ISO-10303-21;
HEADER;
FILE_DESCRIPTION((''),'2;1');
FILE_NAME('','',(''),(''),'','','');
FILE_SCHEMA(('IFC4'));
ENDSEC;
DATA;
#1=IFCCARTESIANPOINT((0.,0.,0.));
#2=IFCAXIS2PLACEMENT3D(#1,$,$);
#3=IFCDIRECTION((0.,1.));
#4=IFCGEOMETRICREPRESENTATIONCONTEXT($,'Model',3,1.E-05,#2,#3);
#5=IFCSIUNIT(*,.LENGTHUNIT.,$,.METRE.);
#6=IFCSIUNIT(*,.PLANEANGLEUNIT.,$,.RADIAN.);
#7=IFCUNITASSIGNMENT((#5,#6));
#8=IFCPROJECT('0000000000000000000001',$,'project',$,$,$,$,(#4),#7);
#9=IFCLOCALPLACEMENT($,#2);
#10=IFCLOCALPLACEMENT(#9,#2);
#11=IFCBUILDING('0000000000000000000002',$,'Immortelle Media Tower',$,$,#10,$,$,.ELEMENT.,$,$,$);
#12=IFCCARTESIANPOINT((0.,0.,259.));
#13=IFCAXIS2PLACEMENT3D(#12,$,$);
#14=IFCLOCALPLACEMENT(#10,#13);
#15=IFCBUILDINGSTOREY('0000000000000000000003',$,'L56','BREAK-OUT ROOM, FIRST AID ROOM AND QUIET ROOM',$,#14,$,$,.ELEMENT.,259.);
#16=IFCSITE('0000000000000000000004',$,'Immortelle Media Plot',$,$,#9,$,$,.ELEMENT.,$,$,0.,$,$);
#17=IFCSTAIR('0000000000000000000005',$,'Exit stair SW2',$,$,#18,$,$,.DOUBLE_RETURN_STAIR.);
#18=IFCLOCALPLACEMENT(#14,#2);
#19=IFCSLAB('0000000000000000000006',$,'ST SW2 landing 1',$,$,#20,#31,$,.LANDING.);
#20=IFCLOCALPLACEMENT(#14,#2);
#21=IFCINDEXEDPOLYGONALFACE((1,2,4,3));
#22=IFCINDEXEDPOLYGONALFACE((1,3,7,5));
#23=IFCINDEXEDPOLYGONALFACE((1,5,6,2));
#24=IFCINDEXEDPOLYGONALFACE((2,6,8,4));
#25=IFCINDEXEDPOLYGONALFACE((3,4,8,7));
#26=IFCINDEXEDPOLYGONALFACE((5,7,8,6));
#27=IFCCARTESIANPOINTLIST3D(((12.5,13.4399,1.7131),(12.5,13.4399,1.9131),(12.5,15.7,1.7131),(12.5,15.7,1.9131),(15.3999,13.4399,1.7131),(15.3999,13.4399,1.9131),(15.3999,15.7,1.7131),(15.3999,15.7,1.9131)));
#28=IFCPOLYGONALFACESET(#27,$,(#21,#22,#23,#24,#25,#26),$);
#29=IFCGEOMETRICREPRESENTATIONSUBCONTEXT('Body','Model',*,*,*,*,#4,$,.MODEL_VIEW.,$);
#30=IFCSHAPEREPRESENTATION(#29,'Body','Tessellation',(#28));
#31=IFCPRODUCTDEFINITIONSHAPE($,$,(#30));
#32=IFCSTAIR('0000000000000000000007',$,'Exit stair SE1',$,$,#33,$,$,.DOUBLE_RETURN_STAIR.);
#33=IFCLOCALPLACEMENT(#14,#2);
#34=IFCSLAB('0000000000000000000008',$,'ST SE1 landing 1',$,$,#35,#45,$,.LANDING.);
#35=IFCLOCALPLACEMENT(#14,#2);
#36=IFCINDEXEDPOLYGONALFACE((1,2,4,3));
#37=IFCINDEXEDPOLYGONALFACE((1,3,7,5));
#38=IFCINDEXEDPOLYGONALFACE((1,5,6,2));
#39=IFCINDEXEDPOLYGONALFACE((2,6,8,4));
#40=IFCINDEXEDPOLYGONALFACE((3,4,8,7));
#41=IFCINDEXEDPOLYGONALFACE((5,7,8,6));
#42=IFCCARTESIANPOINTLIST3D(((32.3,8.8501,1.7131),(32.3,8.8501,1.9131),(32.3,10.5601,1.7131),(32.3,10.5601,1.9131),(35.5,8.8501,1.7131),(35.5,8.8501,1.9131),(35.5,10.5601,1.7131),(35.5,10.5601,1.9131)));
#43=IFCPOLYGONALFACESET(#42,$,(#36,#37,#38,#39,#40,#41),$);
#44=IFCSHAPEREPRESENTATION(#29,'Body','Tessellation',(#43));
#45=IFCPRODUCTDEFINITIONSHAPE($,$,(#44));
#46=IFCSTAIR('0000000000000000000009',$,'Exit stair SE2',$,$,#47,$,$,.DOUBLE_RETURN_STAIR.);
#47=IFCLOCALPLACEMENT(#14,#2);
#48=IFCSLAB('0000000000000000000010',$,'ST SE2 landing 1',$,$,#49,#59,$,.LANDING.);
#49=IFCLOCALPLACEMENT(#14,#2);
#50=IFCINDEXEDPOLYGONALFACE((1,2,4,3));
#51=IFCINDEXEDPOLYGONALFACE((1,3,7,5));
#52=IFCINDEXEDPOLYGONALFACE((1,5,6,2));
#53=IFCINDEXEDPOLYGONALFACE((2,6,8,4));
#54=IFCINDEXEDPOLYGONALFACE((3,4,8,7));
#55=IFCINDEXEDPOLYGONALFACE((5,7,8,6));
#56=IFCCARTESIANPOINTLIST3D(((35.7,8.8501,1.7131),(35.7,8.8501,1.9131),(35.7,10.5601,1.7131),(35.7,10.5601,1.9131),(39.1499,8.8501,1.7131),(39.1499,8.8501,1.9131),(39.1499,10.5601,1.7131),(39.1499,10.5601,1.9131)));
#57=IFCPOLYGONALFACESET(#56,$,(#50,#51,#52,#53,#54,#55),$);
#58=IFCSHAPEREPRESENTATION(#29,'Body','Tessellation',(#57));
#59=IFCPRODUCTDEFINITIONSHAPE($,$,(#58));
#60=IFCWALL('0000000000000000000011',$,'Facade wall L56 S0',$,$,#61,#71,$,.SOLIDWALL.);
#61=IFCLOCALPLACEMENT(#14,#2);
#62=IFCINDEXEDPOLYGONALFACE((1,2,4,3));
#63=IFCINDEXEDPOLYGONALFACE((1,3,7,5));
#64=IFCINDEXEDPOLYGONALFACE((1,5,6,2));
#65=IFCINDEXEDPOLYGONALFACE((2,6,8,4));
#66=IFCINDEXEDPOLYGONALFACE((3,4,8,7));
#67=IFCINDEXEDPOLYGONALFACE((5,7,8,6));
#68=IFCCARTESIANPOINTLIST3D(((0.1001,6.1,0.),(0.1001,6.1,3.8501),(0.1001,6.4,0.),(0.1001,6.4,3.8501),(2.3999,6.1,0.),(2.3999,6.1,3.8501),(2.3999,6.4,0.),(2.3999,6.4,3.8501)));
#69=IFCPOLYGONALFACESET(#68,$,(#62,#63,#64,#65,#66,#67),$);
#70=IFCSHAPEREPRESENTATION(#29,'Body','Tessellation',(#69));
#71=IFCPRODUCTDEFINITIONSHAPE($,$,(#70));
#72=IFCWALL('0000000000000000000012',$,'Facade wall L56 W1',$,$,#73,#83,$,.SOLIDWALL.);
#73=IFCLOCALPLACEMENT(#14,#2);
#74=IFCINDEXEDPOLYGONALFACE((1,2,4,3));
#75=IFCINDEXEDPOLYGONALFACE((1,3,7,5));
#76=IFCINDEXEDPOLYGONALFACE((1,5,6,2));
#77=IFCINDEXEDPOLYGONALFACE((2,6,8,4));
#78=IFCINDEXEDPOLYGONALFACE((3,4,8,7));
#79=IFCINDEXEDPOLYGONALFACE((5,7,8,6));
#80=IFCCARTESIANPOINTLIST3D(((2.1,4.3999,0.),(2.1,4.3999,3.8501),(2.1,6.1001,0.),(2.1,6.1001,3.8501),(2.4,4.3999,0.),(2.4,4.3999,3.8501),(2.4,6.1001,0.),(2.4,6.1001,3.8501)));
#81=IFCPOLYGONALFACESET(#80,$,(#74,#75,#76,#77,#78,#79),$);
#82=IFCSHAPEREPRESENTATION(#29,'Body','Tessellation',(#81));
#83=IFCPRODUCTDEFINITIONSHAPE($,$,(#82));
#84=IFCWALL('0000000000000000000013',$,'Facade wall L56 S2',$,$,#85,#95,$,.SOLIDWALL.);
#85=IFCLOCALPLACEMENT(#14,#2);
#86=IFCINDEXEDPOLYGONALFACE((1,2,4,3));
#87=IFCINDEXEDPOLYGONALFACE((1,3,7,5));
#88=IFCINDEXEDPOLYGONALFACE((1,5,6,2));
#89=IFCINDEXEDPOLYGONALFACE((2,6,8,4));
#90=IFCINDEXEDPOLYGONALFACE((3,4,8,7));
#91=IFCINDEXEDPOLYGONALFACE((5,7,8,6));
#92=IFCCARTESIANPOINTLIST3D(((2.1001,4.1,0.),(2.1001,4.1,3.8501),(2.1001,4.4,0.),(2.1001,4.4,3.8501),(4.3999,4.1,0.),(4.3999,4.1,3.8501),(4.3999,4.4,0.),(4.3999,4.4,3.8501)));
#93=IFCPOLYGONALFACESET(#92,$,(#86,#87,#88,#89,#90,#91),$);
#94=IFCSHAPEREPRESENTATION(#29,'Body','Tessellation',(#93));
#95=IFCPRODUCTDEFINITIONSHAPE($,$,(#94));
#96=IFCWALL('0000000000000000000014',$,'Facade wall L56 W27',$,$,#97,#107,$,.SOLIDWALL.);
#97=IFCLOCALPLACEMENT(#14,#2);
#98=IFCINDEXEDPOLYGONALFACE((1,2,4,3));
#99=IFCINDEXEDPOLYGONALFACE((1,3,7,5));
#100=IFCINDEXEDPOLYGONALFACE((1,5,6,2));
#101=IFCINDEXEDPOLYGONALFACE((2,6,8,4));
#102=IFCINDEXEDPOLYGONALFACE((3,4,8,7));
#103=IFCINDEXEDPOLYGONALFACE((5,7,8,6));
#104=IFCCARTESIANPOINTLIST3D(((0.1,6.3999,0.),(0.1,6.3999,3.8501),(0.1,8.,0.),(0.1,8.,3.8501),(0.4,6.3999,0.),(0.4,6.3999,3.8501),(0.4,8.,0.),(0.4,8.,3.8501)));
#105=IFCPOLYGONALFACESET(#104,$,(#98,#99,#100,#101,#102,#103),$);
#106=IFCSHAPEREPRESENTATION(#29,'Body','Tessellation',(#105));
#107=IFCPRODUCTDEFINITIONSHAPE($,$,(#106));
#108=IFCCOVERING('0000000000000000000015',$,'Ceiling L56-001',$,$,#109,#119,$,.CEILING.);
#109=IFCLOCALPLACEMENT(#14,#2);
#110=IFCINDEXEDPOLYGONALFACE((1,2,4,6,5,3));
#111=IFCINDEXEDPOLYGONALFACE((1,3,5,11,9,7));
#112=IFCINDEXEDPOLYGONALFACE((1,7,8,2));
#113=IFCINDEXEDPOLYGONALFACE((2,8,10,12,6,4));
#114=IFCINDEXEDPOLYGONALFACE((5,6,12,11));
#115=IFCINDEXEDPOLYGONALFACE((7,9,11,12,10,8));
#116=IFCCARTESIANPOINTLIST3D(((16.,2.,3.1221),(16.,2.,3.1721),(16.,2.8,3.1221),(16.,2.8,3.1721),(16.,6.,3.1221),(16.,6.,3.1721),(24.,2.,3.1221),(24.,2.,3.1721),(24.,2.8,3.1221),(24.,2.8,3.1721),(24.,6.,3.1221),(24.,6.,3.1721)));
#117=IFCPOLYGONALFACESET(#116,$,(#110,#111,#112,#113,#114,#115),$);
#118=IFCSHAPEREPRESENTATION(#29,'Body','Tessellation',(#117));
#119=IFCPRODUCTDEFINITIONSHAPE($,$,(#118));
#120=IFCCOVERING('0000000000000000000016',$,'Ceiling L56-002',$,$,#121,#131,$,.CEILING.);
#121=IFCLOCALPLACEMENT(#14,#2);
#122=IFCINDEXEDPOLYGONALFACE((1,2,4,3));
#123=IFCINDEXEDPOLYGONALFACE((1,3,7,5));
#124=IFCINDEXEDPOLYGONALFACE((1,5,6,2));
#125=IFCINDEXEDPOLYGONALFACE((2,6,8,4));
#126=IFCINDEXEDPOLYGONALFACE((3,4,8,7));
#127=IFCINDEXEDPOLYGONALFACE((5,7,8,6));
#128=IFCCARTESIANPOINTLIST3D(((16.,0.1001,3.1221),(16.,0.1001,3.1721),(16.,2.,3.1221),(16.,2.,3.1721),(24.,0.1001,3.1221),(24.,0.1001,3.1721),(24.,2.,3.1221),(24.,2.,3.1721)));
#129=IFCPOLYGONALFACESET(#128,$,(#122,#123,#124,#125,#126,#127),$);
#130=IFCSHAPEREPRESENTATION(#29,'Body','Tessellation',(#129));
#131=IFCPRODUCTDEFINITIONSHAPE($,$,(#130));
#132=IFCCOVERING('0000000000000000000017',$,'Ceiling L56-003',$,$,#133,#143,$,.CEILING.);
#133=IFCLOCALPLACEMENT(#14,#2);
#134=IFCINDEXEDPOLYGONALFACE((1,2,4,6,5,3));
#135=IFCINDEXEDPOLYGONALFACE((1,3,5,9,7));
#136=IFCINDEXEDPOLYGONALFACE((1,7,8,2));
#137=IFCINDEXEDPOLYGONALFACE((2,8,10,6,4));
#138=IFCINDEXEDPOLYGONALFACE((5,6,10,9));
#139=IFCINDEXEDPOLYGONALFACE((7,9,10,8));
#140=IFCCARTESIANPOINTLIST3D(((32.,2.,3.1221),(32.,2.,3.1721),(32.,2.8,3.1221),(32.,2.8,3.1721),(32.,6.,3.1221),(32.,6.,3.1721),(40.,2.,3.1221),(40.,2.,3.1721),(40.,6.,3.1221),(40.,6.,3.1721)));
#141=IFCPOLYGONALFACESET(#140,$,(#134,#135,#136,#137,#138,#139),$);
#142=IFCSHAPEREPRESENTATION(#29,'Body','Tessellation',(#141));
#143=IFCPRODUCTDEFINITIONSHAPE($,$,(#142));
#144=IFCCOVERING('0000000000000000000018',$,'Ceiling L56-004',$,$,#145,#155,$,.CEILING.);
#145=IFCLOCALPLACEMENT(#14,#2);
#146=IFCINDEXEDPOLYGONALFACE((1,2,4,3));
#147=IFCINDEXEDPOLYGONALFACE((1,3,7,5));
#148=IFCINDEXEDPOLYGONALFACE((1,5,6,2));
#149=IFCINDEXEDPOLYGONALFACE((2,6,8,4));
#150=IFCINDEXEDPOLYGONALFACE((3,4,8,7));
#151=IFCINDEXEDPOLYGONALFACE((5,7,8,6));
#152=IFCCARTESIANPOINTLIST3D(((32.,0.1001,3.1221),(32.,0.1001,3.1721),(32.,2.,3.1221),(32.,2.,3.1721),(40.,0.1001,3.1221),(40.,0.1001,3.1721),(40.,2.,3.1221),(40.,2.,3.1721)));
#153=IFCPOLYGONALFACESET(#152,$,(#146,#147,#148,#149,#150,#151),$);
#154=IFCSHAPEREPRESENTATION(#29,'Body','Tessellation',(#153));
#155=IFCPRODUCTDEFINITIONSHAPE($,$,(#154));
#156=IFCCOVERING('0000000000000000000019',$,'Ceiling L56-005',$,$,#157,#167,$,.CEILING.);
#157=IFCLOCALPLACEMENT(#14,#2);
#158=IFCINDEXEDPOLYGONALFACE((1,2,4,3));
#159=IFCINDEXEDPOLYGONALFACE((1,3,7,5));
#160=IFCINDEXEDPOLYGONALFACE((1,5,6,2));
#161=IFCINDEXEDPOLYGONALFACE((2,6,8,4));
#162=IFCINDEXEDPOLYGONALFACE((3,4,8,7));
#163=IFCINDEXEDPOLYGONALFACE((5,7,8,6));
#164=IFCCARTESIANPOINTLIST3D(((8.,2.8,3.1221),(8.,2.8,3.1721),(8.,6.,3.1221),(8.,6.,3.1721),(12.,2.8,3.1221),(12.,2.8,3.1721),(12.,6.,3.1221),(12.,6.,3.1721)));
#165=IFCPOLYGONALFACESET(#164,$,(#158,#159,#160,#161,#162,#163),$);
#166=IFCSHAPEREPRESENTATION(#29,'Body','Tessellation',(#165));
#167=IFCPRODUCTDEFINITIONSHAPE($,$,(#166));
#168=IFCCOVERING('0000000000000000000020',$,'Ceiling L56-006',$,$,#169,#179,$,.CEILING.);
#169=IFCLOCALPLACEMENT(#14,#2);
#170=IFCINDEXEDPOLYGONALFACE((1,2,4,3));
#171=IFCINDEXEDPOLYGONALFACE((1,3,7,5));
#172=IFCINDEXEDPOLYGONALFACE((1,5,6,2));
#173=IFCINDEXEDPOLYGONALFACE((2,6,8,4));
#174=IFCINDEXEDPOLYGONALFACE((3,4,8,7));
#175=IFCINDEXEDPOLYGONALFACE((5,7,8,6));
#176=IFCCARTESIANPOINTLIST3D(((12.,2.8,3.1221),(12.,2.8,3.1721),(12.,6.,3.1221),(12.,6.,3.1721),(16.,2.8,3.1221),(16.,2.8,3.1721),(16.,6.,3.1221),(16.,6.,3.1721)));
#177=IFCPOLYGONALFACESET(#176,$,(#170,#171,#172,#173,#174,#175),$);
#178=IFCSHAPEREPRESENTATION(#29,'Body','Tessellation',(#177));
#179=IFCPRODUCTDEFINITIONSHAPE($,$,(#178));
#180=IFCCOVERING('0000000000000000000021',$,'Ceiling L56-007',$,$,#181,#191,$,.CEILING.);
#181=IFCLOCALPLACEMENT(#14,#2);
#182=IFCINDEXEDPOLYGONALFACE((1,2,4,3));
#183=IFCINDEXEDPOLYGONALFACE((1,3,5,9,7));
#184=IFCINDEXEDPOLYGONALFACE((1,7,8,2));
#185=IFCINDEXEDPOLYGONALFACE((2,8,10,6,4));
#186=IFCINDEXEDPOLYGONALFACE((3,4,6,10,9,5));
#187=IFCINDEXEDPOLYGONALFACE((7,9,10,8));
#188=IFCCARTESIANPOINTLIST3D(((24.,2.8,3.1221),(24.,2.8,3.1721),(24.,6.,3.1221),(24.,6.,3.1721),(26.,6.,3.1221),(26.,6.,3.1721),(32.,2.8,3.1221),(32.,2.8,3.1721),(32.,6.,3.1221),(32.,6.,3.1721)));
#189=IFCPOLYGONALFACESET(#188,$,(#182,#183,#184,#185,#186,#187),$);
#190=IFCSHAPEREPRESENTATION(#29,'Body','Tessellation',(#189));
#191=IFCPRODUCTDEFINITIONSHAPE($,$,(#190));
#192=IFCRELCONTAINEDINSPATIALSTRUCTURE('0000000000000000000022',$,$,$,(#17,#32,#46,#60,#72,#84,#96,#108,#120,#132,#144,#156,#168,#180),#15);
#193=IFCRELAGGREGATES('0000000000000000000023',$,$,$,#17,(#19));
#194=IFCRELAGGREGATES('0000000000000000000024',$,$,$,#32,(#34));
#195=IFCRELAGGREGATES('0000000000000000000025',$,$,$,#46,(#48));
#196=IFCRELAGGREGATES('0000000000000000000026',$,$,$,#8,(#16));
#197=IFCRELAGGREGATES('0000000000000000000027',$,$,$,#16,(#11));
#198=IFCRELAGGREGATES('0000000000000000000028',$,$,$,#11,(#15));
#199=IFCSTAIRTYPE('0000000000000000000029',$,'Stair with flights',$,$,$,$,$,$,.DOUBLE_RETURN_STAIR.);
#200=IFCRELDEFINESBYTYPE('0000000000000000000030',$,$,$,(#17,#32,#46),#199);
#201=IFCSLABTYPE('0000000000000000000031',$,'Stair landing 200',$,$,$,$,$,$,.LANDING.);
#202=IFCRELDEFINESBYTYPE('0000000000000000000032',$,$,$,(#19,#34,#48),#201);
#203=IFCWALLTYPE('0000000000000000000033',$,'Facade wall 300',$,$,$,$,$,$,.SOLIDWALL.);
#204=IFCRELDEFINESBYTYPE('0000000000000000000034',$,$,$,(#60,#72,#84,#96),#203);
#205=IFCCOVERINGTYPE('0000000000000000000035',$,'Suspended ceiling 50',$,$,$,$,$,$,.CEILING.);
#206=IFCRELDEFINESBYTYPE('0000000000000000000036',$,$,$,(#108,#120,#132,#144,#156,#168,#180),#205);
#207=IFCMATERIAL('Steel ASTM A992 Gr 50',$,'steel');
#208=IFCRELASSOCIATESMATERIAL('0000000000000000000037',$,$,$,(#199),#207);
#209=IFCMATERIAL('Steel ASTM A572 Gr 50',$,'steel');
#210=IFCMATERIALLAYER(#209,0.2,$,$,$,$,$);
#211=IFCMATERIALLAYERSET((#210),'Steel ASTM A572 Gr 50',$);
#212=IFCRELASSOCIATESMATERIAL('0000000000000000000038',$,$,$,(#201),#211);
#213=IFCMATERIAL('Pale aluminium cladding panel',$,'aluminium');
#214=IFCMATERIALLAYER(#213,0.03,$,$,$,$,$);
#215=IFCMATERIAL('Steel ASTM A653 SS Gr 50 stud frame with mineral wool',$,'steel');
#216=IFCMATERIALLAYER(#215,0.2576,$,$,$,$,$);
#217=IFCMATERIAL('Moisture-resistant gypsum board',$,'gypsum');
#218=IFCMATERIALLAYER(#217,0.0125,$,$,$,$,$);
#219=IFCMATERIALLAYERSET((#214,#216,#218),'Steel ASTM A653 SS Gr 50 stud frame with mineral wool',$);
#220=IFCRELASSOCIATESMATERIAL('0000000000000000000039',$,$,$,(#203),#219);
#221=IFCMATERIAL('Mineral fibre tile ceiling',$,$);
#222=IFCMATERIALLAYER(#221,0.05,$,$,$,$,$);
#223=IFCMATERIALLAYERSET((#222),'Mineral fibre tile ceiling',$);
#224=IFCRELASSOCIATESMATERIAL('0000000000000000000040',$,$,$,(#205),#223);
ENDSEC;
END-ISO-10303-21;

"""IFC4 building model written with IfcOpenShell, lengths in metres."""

from ifc_helpers import new_model, si_unit, direction, frame, frame_2d, origin, place, context, subcontext, project, spatial, polyline, rectangle, outline, extrude, material, layer, layer_set, type_object, element, aggregate, save


model = new_model("IFC4")

# Units and contexts
model_context = context("Model", 3, precision=1e-05, world=origin(), true_north=direction((0.0, 1.0)))
body_context = subcontext(model_context, "Body", "Model", "MODEL_VIEW")
ifc_project = project(units=[si_unit("LENGTHUNIT", "METRE"), si_unit("PLANEANGLEUNIT", "RADIAN")], contexts=[model_context])

# Site, building, storey
site_placement = place(None, origin())
site = spatial("IfcSite", under=ifc_project, at=site_placement, Name="Immortelle Media Plot", CompositionType="ELEMENT", RefElevation=0.0)
building_placement = place(site_placement, origin())
building = spatial("IfcBuilding", under=site, at=building_placement, Name="Immortelle Media Tower", CompositionType="ELEMENT")
storey_placement = place(building_placement, frame((0.0, 0.0, 259.0)))
storey = spatial("IfcBuildingStorey", under=building, at=storey_placement, Name="L56", Description="BREAK-OUT ROOM, FIRST AID ROOM AND QUIET ROOM", CompositionType="ELEMENT", Elevation=259.0)

# Shared definitions
ifc_material_1 = material(Name="Steel ASTM A992 Gr 50", Category="steel")

# Stairs, slabs
stair_type = type_object("IfcStairType", Name="Stair with flights", PredefinedType="DOUBLE_RETURN_STAIR", material=ifc_material_1)
ifc_material_2 = material(Name="Steel ASTM A572 Gr 50", Category="steel")
ifc_layer_1 = layer(ifc_material_2, 0.2)
ifc_layer_set_1 = layer_set([ifc_layer_1], Name="Steel ASTM A572 Gr 50")
slab_type_1 = type_object("IfcSlabType", Name="Stair landing 200", PredefinedType="LANDING", material=ifc_layer_set_1)
stair_1_placement = place(storey_placement, origin())
stair_1 = element("IfcStair", 1, at=stair_1_placement, inside=storey, type_object=stair_type, Name="Exit stair SW2", PredefinedType="DOUBLE_RETURN_STAIR")
slab_1_placement = place(storey_placement, frame((0.0, 0.0, 1.7131)))
slab_1 = element("IfcSlab", 2, at=slab_1_placement, type_object=slab_type_1, Name="ST SW2 landing 1", PredefinedType="LANDING", context=body_context, shape_type="SweptSolid", body=[
    extrude(outline(polyline([(12.5, 13.4399), (15.3999, 13.4399), (15.3999, 15.7), (12.5, 15.7), (12.5, 13.4399)])), origin(), (0.0, 0.0, 1.0), 0.2),
])
aggregate(stair_1, [slab_1])
stair_2_placement = place(storey_placement, origin())
stair_2 = element("IfcStair", 3, at=stair_2_placement, inside=storey, type_object=stair_type, Name="Exit stair SE1", PredefinedType="DOUBLE_RETURN_STAIR")
slab_2_placement = place(storey_placement, frame((0.0, 0.0, 1.7131)))
slab_2 = element("IfcSlab", 4, at=slab_2_placement, type_object=slab_type_1, Name="ST SE1 landing 1", PredefinedType="LANDING", context=body_context, shape_type="SweptSolid", body=[
    extrude(outline(polyline([(32.3, 8.8501), (35.5, 8.8501), (35.5, 10.5601), (32.3, 10.5601), (32.3, 8.8501)])), origin(), (0.0, 0.0, 1.0), 0.2),
])
aggregate(stair_2, [slab_2])
stair_3_placement = place(storey_placement, origin())
stair_3 = element("IfcStair", 5, at=stair_3_placement, inside=storey, type_object=stair_type, Name="Exit stair SE2", PredefinedType="DOUBLE_RETURN_STAIR")
slab_3_placement = place(storey_placement, frame((0.0, 0.0, 1.7131)))
slab_3 = element("IfcSlab", 6, at=slab_3_placement, type_object=slab_type_1, Name="ST SE2 landing 1", PredefinedType="LANDING", context=body_context, shape_type="SweptSolid", body=[
    extrude(outline(polyline([(35.7, 8.8501), (39.1499, 8.8501), (39.1499, 10.5601), (35.7, 10.5601), (35.7, 8.8501)])), origin(), (0.0, 0.0, 1.0), 0.2),
])
aggregate(stair_3, [slab_3])

# Walls
ifc_material_3 = material(Name="Pale aluminium cladding panel", Category="aluminium")
ifc_layer_2 = layer(ifc_material_3, 0.03)
ifc_material_4 = material(Name="Steel ASTM A653 SS Gr 50 stud frame with mineral wool", Category="steel")
ifc_layer_3 = layer(ifc_material_4, 0.2576)
ifc_material_5 = material(Name="Moisture-resistant gypsum board", Category="gypsum")
ifc_layer_4 = layer(ifc_material_5, 0.0125)
ifc_layer_set_2 = layer_set([ifc_layer_2, ifc_layer_3, ifc_layer_4], Name="Steel ASTM A653 SS Gr 50 stud frame with mineral wool")
wall_type = type_object("IfcWallType", Name="Facade wall 300", PredefinedType="SOLIDWALL", material=ifc_layer_set_2)
wall_1_placement = place(storey_placement, frame((0.1001, 6.25, 0.0), z_axis=(0.0, 0.0, 1.0), x_axis=(1.0, 0.0, 0.0)))
element("IfcWall", 7, at=wall_1_placement, inside=storey, type_object=wall_type, Name="Facade wall L56 S0", PredefinedType="SOLIDWALL", context=body_context, shape_type="SweptSolid", body=[
    extrude(rectangle(XDim=2.2998, YDim=0.3, at=frame_2d((1.1499, 0.0))), origin(), (0.0, 0.0, 1.0), 3.8501),
])
wall_2_placement = place(storey_placement, frame((2.25, 6.1001, 0.0), z_axis=(0.0, 0.0, 1.0), x_axis=(0.0, -1.0, 0.0)))
element("IfcWall", 8, at=wall_2_placement, inside=storey, type_object=wall_type, Name="Facade wall L56 W1", PredefinedType="SOLIDWALL", context=body_context, shape_type="SweptSolid", body=[
    extrude(rectangle(XDim=1.7002, YDim=0.3, at=frame_2d((0.8501, 0.0))), origin(), (0.0, 0.0, 1.0), 3.8501),
])
wall_3_placement = place(storey_placement, frame((2.1001, 4.25, 0.0), z_axis=(0.0, 0.0, 1.0), x_axis=(1.0, 0.0, 0.0)))
element("IfcWall", 9, at=wall_3_placement, inside=storey, type_object=wall_type, Name="Facade wall L56 S2", PredefinedType="SOLIDWALL", context=body_context, shape_type="SweptSolid", body=[
    extrude(rectangle(XDim=2.2998, YDim=0.3, at=frame_2d((1.1499, 0.0))), origin(), (0.0, 0.0, 1.0), 3.8501),
])
wall_4_placement = place(storey_placement, frame((0.25, 8.0, 0.0), z_axis=(0.0, 0.0, 1.0), x_axis=(0.0, -1.0, 0.0)))
element("IfcWall", 10, at=wall_4_placement, inside=storey, type_object=wall_type, Name="Facade wall L56 W27", PredefinedType="SOLIDWALL", context=body_context, shape_type="SweptSolid", body=[
    extrude(rectangle(XDim=1.6001, YDim=0.3, at=frame_2d((0.8, 0.0))), origin(), (0.0, 0.0, 1.0), 3.8501),
])

# Coverings
ifc_material_6 = material(Name="Mineral fibre tile ceiling")
ifc_layer_5 = layer(ifc_material_6, 0.05)
ifc_layer_set_3 = layer_set([ifc_layer_5], Name="Mineral fibre tile ceiling")
covering_type = type_object("IfcCoveringType", Name="Suspended ceiling 50", PredefinedType="CEILING", material=ifc_layer_set_3)
covering_1_placement = place(storey_placement, frame((0.0, 0.0, 3.1221)))
element("IfcCovering", 11, at=covering_1_placement, inside=storey, type_object=covering_type, Name="Ceiling L56-001", PredefinedType="CEILING", context=body_context, shape_type="SweptSolid", body=[
    extrude(outline(polyline([(16.0, 2.8), (16.0, 6.0), (24.0, 6.0), (24.0, 2.8), (24.0, 2.0), (16.0, 2.0), (16.0, 2.8)])), origin(), (0.0, 0.0, 1.0), 0.05),
])
covering_2_placement = place(storey_placement, frame((0.0, 0.0, 3.1221)))
element("IfcCovering", 12, at=covering_2_placement, inside=storey, type_object=covering_type, Name="Ceiling L56-002", PredefinedType="CEILING", context=body_context, shape_type="SweptSolid", body=[
    extrude(outline(polyline([(16.0, 2.0), (24.0, 2.0), (24.0, 0.1001), (16.0, 0.1001), (16.0, 2.0)])), origin(), (0.0, 0.0, 1.0), 0.05),
])
covering_3_placement = place(storey_placement, frame((0.0, 0.0, 3.1221)))
element("IfcCovering", 13, at=covering_3_placement, inside=storey, type_object=covering_type, Name="Ceiling L56-003", PredefinedType="CEILING", context=body_context, shape_type="SweptSolid", body=[
    extrude(outline(polyline([(32.0, 2.8), (32.0, 6.0), (40.0, 6.0), (40.0, 2.0), (32.0, 2.0), (32.0, 2.8)])), origin(), (0.0, 0.0, 1.0), 0.05),
])
covering_4_placement = place(storey_placement, frame((0.0, 0.0, 3.1221)))
element("IfcCovering", 14, at=covering_4_placement, inside=storey, type_object=covering_type, Name="Ceiling L56-004", PredefinedType="CEILING", context=body_context, shape_type="SweptSolid", body=[
    extrude(outline(polyline([(32.0, 2.0), (40.0, 2.0), (40.0, 0.1001), (32.0, 0.1001), (32.0, 2.0)])), origin(), (0.0, 0.0, 1.0), 0.05),
])
covering_5_placement = place(storey_placement, frame((0.0, 0.0, 3.1221)))
element("IfcCovering", 15, at=covering_5_placement, inside=storey, type_object=covering_type, Name="Ceiling L56-005", PredefinedType="CEILING", context=body_context, shape_type="SweptSolid", body=[
    extrude(outline(polyline([(8.0, 6.0), (12.0, 6.0), (12.0, 2.8), (8.0, 2.8), (8.0, 6.0)])), origin(), (0.0, 0.0, 1.0), 0.05),
])
covering_6_placement = place(storey_placement, frame((0.0, 0.0, 3.1221)))
element("IfcCovering", 16, at=covering_6_placement, inside=storey, type_object=covering_type, Name="Ceiling L56-006", PredefinedType="CEILING", context=body_context, shape_type="SweptSolid", body=[
    extrude(outline(polyline([(16.0, 6.0), (16.0, 2.8), (12.0, 2.8), (12.0, 6.0), (16.0, 6.0)])), origin(), (0.0, 0.0, 1.0), 0.05),
])
covering_7_placement = place(storey_placement, frame((0.0, 0.0, 3.1221)))
element("IfcCovering", 17, at=covering_7_placement, inside=storey, type_object=covering_type, Name="Ceiling L56-007", PredefinedType="CEILING", context=body_context, shape_type="SweptSolid", body=[
    extrude(outline(polyline([(24.0, 2.8), (24.0, 6.0), (26.0, 6.0), (32.0, 6.0), (32.0, 2.8), (24.0, 2.8)])), origin(), (0.0, 0.0, 1.0), 0.05),
])

save(model, "model.ifc")
